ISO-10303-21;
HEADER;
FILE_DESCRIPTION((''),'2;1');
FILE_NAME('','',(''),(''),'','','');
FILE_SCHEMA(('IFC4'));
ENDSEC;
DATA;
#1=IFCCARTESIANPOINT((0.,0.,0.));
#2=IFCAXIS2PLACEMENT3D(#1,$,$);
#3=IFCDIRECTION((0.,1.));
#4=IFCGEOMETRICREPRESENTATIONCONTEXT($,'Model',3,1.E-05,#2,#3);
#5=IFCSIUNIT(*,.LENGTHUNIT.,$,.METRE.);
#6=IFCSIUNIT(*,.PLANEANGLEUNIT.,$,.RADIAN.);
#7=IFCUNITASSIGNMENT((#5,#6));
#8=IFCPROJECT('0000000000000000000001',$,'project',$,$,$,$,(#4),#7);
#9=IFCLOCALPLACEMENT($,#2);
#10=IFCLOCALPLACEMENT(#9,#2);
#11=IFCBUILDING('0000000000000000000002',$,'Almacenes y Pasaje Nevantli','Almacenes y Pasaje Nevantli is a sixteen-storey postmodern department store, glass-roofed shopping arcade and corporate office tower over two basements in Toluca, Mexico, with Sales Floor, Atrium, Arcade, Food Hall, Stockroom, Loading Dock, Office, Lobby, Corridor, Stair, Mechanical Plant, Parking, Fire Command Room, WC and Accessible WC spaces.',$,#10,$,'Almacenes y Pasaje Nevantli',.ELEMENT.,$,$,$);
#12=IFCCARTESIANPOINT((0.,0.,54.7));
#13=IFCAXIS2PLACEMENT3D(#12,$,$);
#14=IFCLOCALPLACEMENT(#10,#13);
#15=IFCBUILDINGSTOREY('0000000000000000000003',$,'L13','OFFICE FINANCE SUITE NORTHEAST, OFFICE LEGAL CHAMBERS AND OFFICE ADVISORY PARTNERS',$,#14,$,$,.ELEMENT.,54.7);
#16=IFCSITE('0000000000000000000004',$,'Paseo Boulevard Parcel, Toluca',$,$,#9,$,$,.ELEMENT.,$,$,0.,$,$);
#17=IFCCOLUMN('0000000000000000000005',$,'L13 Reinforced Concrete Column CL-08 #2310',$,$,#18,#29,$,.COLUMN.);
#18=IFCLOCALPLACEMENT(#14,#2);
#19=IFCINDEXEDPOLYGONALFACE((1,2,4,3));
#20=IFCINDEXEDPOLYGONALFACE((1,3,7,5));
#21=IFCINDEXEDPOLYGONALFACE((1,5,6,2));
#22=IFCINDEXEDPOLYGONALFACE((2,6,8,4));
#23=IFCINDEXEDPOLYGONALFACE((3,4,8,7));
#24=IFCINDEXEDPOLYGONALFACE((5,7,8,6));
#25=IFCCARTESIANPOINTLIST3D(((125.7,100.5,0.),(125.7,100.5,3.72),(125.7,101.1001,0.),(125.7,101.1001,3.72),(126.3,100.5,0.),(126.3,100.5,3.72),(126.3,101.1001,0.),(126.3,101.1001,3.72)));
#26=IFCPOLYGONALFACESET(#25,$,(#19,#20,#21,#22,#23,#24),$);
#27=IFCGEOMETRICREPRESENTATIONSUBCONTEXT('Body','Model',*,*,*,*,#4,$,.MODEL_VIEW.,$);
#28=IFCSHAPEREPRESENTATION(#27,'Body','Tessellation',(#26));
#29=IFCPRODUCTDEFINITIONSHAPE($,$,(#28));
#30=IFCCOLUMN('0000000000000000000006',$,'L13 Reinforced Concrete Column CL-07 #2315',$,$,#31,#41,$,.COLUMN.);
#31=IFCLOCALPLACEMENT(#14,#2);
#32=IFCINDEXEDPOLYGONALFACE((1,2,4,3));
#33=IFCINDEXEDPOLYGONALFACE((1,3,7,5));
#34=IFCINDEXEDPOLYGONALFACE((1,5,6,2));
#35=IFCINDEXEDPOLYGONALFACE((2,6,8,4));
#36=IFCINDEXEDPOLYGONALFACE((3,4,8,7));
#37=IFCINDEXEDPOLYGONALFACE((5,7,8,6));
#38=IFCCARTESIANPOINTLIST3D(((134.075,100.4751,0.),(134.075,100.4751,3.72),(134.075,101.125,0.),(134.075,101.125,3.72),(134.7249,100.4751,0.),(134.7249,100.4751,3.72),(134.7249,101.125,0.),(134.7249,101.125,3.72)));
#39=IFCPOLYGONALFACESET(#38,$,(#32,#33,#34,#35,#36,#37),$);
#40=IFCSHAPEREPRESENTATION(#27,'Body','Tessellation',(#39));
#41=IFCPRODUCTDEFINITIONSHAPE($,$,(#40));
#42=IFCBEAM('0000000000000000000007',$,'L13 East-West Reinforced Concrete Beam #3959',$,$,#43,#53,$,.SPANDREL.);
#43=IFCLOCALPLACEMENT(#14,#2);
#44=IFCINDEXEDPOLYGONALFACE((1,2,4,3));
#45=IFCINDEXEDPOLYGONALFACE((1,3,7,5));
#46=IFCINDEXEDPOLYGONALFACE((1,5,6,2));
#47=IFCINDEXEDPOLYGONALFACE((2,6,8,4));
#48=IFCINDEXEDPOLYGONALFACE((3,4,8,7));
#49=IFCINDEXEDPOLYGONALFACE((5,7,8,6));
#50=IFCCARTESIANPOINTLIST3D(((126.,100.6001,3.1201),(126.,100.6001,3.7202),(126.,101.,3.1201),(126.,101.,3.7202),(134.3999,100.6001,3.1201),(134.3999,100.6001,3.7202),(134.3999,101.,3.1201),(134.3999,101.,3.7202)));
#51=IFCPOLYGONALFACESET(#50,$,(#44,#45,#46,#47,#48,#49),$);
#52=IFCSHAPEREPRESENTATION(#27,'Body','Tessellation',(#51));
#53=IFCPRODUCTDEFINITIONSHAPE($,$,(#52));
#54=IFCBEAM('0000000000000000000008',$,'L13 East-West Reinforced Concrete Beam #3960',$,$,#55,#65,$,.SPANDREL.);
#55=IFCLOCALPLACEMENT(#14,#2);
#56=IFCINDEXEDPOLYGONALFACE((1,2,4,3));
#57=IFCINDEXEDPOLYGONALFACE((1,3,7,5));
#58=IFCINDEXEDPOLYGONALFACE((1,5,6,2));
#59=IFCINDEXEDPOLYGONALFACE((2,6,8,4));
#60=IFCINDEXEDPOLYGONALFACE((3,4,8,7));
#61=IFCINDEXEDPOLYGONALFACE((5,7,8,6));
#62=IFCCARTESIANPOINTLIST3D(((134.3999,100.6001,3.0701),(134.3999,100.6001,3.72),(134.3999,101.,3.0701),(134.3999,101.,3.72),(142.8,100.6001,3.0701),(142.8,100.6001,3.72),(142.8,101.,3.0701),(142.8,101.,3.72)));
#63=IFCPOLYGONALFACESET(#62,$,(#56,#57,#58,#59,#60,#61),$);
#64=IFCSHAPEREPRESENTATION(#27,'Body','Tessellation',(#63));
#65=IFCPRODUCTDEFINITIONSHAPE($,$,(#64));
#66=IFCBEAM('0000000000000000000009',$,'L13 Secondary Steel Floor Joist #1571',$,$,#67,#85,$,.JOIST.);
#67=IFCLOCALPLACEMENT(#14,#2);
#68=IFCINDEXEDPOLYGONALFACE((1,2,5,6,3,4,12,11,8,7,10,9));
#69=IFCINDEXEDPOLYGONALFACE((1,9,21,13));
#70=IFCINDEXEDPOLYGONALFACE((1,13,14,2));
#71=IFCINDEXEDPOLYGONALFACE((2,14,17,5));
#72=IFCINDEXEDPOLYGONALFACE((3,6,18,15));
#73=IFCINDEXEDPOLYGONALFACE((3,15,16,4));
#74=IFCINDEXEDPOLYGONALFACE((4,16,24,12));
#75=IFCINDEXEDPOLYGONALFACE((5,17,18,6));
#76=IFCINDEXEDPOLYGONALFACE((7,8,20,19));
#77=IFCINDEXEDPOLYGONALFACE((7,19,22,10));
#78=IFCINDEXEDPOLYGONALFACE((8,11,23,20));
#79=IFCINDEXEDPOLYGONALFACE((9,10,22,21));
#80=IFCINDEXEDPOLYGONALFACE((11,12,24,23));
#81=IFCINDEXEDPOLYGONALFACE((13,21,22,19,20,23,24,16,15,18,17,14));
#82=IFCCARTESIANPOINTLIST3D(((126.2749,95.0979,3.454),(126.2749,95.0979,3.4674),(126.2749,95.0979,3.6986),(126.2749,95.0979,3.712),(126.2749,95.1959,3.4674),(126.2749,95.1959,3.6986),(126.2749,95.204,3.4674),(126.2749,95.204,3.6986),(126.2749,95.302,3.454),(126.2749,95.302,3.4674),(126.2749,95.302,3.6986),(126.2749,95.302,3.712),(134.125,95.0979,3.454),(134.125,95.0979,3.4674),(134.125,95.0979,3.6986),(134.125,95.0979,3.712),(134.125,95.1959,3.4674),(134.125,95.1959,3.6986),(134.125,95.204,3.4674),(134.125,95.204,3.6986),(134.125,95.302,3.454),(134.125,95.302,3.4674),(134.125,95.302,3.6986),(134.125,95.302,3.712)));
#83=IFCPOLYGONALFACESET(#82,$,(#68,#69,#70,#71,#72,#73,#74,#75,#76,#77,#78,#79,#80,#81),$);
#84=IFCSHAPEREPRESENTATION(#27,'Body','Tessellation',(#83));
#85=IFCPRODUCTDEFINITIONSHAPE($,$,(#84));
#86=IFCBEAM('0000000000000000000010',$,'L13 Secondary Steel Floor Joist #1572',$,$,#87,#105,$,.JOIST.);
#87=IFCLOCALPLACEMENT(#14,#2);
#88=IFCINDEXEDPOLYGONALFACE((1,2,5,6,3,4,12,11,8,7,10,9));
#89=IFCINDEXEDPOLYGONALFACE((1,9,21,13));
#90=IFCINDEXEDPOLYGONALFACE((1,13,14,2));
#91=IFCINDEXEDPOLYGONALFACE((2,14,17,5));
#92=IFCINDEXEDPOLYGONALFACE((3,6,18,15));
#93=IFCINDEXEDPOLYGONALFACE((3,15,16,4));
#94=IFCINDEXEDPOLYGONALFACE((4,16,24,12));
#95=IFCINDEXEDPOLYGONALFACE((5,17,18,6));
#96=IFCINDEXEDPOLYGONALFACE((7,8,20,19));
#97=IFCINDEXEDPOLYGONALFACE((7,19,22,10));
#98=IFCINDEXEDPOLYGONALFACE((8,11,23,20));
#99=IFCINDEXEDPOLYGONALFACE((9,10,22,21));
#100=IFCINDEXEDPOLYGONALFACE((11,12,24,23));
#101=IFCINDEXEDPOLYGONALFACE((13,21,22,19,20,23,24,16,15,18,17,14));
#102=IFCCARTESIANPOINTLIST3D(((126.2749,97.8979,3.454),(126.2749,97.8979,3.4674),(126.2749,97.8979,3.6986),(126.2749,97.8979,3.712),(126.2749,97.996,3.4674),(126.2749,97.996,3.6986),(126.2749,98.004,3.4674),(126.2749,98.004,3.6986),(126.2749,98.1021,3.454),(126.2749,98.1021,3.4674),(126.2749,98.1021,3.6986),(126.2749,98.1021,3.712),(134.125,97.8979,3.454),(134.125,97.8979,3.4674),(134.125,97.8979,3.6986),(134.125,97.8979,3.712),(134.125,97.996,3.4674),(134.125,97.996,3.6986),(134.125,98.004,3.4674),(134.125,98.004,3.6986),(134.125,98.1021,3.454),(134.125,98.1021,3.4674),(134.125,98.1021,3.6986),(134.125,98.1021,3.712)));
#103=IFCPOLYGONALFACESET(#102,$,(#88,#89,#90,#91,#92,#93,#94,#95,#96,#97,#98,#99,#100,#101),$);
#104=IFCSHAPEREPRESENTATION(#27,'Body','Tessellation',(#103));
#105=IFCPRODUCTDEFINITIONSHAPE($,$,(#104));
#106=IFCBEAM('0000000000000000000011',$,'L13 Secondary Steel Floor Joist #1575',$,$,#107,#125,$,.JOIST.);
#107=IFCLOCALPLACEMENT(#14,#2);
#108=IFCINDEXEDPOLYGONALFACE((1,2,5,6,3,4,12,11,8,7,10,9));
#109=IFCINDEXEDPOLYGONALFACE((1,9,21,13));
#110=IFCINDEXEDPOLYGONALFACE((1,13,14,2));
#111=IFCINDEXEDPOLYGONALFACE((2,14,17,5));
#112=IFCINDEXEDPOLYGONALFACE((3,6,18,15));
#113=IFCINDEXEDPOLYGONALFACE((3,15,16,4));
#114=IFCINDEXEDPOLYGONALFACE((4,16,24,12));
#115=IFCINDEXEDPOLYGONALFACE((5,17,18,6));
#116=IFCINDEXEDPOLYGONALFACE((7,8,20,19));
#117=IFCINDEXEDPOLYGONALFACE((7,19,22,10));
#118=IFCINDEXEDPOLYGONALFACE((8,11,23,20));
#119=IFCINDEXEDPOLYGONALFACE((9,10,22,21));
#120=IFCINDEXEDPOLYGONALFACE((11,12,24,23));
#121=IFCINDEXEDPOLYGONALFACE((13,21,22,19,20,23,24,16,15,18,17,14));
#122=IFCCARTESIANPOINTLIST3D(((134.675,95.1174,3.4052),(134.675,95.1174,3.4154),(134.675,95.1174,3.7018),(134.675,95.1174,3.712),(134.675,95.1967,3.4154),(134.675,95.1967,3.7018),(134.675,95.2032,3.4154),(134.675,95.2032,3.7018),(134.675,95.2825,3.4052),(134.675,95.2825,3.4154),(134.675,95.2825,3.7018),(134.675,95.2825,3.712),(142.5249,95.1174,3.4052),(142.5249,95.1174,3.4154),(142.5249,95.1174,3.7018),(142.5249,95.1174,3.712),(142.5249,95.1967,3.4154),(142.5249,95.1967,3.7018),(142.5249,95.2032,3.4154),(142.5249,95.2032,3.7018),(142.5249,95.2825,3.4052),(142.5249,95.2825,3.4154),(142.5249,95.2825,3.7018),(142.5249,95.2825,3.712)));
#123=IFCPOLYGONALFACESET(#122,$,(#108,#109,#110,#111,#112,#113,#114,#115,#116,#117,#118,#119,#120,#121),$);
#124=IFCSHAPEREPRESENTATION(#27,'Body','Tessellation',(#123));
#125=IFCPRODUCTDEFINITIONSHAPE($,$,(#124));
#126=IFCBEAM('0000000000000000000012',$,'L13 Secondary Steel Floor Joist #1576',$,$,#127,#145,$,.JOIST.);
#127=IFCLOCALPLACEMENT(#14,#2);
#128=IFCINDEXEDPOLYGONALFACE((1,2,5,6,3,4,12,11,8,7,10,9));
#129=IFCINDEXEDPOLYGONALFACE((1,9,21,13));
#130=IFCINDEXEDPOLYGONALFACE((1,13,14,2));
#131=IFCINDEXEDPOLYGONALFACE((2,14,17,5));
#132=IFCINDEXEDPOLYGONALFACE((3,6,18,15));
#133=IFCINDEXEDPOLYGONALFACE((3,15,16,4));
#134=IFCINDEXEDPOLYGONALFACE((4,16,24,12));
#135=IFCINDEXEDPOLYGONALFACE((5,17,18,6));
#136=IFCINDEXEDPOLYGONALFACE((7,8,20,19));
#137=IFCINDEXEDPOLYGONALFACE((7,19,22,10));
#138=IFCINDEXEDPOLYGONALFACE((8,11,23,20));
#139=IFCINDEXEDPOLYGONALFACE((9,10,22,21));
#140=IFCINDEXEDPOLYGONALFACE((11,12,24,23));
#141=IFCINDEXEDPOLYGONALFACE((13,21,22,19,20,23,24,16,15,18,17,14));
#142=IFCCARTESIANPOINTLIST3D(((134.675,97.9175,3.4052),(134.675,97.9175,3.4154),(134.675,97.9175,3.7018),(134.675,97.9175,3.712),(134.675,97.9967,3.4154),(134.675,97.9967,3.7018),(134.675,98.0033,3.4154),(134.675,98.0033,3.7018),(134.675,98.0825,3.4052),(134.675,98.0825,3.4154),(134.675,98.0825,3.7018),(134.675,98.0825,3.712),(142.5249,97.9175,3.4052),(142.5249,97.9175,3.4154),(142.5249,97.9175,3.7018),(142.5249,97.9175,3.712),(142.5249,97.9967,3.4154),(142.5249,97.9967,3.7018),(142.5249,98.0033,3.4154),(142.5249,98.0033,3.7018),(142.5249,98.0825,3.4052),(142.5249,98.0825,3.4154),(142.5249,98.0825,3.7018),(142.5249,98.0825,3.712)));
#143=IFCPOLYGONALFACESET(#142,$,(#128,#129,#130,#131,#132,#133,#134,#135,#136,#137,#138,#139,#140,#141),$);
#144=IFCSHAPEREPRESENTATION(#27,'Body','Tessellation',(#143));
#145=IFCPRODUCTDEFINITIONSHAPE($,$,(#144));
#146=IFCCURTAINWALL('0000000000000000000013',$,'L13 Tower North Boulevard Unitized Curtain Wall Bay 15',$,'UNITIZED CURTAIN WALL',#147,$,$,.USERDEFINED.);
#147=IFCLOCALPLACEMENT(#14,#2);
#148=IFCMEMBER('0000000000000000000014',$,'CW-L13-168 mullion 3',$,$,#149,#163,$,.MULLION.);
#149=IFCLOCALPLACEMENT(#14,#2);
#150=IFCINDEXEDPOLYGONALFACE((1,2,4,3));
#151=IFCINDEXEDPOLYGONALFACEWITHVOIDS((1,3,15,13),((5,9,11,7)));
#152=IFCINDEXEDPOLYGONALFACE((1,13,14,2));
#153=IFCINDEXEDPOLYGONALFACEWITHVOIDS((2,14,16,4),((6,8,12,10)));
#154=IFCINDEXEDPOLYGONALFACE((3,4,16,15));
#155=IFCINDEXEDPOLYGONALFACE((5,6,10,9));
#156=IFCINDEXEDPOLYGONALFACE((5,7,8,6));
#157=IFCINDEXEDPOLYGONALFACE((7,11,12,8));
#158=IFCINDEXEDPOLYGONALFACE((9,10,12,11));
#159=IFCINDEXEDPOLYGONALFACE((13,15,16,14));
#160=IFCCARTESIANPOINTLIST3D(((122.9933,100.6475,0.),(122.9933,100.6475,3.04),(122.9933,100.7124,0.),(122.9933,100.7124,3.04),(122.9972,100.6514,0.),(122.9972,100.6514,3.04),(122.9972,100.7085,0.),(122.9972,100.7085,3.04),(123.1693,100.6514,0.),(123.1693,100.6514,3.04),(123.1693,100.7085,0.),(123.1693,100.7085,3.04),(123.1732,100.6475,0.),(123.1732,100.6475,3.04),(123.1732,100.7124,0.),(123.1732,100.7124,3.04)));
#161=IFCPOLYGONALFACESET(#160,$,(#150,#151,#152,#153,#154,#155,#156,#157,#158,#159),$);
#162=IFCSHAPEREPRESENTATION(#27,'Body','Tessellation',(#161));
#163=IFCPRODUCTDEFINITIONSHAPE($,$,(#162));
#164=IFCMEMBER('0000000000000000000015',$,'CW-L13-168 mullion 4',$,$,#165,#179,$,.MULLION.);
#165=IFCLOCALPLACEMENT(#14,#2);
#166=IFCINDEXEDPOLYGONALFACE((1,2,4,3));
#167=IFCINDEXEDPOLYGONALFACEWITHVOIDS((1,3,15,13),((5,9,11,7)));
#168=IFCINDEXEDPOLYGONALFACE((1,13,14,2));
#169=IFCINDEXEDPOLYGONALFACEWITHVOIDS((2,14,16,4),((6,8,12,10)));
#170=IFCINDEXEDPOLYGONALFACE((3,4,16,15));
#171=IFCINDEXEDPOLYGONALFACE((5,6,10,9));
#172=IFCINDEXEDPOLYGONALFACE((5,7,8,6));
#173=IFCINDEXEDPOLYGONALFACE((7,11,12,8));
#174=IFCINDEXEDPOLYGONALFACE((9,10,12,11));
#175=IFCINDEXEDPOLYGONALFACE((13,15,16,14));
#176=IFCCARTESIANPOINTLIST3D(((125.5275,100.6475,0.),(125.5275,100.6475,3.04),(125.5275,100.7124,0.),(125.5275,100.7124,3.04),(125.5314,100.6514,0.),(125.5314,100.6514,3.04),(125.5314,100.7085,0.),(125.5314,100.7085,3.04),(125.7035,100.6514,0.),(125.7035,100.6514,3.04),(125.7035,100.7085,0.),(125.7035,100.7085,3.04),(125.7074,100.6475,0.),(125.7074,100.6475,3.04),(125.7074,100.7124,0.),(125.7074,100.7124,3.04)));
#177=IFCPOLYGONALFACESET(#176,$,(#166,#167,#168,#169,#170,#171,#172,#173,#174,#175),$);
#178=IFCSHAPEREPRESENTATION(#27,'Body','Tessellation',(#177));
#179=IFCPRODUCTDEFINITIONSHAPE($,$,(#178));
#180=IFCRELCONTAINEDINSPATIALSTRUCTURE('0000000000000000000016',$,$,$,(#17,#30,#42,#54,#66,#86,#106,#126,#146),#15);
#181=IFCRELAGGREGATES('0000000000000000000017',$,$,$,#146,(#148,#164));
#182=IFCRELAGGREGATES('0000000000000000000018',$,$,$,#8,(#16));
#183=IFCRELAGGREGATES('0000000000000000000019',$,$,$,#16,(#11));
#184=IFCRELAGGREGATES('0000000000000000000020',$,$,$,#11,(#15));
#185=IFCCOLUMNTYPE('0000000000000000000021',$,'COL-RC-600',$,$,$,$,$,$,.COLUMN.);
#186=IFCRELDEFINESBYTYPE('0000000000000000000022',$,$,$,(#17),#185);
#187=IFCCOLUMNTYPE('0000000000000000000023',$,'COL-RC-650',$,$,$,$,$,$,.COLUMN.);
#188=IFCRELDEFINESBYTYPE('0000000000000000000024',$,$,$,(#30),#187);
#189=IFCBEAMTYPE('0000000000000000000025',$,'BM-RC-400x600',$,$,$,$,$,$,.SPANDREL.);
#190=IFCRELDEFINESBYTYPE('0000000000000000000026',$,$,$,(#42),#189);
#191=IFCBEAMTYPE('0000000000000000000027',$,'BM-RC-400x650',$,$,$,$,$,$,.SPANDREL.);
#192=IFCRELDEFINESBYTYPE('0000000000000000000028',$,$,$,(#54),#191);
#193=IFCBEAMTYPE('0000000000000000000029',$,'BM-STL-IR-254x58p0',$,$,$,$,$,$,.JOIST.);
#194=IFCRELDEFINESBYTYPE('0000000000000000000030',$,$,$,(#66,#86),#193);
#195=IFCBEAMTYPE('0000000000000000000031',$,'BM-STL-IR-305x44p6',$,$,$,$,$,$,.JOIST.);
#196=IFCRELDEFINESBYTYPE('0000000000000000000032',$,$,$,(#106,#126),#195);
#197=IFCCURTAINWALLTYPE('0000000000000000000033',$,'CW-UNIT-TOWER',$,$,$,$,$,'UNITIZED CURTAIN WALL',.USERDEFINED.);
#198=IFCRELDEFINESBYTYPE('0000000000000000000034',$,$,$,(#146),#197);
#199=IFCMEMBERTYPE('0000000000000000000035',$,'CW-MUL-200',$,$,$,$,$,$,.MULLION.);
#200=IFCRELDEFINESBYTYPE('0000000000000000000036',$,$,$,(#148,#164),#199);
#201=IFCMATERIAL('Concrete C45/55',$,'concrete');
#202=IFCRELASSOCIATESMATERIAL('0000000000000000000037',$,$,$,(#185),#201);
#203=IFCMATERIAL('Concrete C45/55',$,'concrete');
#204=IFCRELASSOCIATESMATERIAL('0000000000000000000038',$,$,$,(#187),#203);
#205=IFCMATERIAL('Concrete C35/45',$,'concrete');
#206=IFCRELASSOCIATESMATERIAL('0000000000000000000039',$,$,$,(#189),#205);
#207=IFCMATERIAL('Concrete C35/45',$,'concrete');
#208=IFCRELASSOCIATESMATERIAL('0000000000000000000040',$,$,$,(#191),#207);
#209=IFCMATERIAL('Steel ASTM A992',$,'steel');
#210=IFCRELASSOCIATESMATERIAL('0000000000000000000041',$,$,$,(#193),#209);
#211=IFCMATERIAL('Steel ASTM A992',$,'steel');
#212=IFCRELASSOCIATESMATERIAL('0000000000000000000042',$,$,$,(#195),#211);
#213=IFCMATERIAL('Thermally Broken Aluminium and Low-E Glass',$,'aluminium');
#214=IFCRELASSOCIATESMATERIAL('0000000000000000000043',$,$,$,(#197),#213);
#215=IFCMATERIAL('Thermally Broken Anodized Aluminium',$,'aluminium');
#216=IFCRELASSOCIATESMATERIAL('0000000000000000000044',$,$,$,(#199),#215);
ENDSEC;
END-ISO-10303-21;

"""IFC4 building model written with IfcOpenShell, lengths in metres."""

from ifc_helpers import new_model, si_unit, direction, frame, origin, origin_2d, place, context, subcontext, project, spatial, rectangle, hollow_rectangle, i_section, extrude, material, material_profile, profile_set, type_object, element, aggregate, save


model = new_model("IFC4")

# Units and contexts
model_context = context("Model", 3, precision=1e-05, world=origin(), true_north=direction((0.0, 1.0)))
body_context = subcontext(model_context, "Body", "Model", "MODEL_VIEW")
ifc_project = project(units=[si_unit("LENGTHUNIT", "METRE"), si_unit("PLANEANGLEUNIT", "RADIAN")], contexts=[model_context])

# Site, building, storey
site_placement = place(None, origin())
site = spatial("IfcSite", under=ifc_project, at=site_placement, Name="Paseo Boulevard Parcel, Toluca", CompositionType="ELEMENT", RefElevation=0.0)
building_placement = place(site_placement, origin())
building = spatial("IfcBuilding", under=site, at=building_placement, Name="Almacenes y Pasaje Nevantli", Description="Almacenes y Pasaje Nevantli is a sixteen-storey postmodern department store, glass-roofed shopping arcade and corporate office tower over two basements in Toluca, Mexico, with Sales Floor, Atrium, Arcade, Food Hall, Stockroom, Loading Dock, Office, Lobby, Corridor, Stair, Mechanical Plant, Parking, Fire Command Room, WC and Accessible WC spaces.", LongName="Almacenes y Pasaje Nevantli", CompositionType="ELEMENT")
storey_placement = place(building_placement, frame((0.0, 0.0, 54.7)))
storey = spatial("IfcBuildingStorey", under=building, at=storey_placement, Name="L13", Description="OFFICE FINANCE SUITE NORTHEAST, OFFICE LEGAL CHAMBERS AND OFFICE ADVISORY PARTNERS", CompositionType="ELEMENT", Elevation=54.7)

# Columns
ifc_material_1 = material(Name="Concrete C45/55", Category="concrete")
ifc_material_profile_1 = material_profile(ifc_material_1, rectangle(XDim=0.6001, YDim=0.6001, at=origin_2d()), Name="RC-COL-600x600")
ifc_profile_set_1 = profile_set([ifc_material_profile_1], Name="Concrete C45/55")
column_type_1 = type_object("IfcColumnType", Name="COL-RC-600", PredefinedType="COLUMN", material=ifc_profile_set_1)
column_1_placement = place(storey_placement, frame((126.0, 100.8, 0.0), z_axis=(0.0, 0.0, 1.0), x_axis=(1.0, 0.0, 0.0)))
element("IfcColumn", 1, at=column_1_placement, inside=storey, type_object=column_type_1, Name="L13 Reinforced Concrete Column CL-08 #2310", PredefinedType="COLUMN", context=body_context, shape_type="SweptSolid", body=[
    extrude(rectangle(XDim=0.6001, YDim=0.6001, at=origin_2d()), origin(), (0.0, 0.0, 1.0), 3.72),
])
ifc_material_2 = material(Name="Concrete C45/55", Category="concrete")
ifc_material_profile_2 = material_profile(ifc_material_2, rectangle(XDim=0.6499, YDim=0.6499, at=origin_2d()), Name="RC-COL-650x650")
ifc_profile_set_2 = profile_set([ifc_material_profile_2], Name="Concrete C45/55")
column_type_2 = type_object("IfcColumnType", Name="COL-RC-650", PredefinedType="COLUMN", material=ifc_profile_set_2)
column_2_placement = place(storey_placement, frame((134.3999, 100.8, 0.0), z_axis=(0.0, 0.0, 1.0), x_axis=(1.0, 0.0, 0.0)))
element("IfcColumn", 2, at=column_2_placement, inside=storey, type_object=column_type_2, Name="L13 Reinforced Concrete Column CL-07 #2315", PredefinedType="COLUMN", context=body_context, shape_type="SweptSolid", body=[
    extrude(rectangle(XDim=0.6499, YDim=0.6499, at=origin_2d()), origin(), (0.0, 0.0, 1.0), 3.72),
])

# Beams
ifc_material_3 = material(Name="Concrete C35/45", Category="concrete")
ifc_material_profile_3 = material_profile(ifc_material_3, rectangle(XDim=0.3999, YDim=0.6001, at=origin_2d()), Name="RC-BM-400x600")
ifc_profile_set_3 = profile_set([ifc_material_profile_3], Name="Concrete C35/45")
beam_type_1 = type_object("IfcBeamType", Name="BM-RC-400x600", PredefinedType="SPANDREL", material=ifc_profile_set_3)
beam_1_placement = place(storey_placement, frame((126.0, 100.8, 3.4202), z_axis=(1.0, 0.0, 0.0), x_axis=(0.0, 1.0, 0.0)))
element("IfcBeam", 3, at=beam_1_placement, inside=storey, type_object=beam_type_1, Name="L13 East-West Reinforced Concrete Beam #3959", PredefinedType="SPANDREL", context=body_context, shape_type="SweptSolid", body=[
    extrude(rectangle(XDim=0.3999, YDim=0.6001, at=origin_2d()), origin(), (0.0, 0.0, 1.0), 8.3999),
])
ifc_material_4 = material(Name="Concrete C35/45", Category="concrete")
ifc_material_profile_4 = material_profile(ifc_material_4, rectangle(XDim=0.3999, YDim=0.6499, at=origin_2d()), Name="RC-BM-400x650")
ifc_profile_set_4 = profile_set([ifc_material_profile_4], Name="Concrete C35/45")
beam_type_2 = type_object("IfcBeamType", Name="BM-RC-400x650", PredefinedType="SPANDREL", material=ifc_profile_set_4)
beam_2_placement = place(storey_placement, frame((134.3999, 100.8, 3.395), z_axis=(1.0, 0.0, 0.0), x_axis=(0.0, 1.0, 0.0)))
element("IfcBeam", 4, at=beam_2_placement, inside=storey, type_object=beam_type_2, Name="L13 East-West Reinforced Concrete Beam #3960", PredefinedType="SPANDREL", context=body_context, shape_type="SweptSolid", body=[
    extrude(rectangle(XDim=0.3999, YDim=0.6499, at=origin_2d()), origin(), (0.0, 0.0, 1.0), 8.4001),
])
ifc_material_5 = material(Name="Steel ASTM A992", Category="steel")
ifc_material_profile_5 = material_profile(ifc_material_5, i_section(OverallWidth=0.2041, OverallDepth=0.2581, WebThickness=0.0081, FlangeThickness=0.0134, at=origin_2d()), Name="IR 254x58.0")
ifc_profile_set_5 = profile_set([ifc_material_profile_5], Name="Steel ASTM A992")
beam_type_3 = type_object("IfcBeamType", Name="BM-STL-IR-254x58p0", PredefinedType="JOIST", material=ifc_profile_set_5)
for number, where, z_axis, x_axis, name in (
    (5, (126.2749, 95.2, 3.583), (1.0, 0.0, 0.0), (0.0, 1.0, 0.0), "L13 Secondary Steel Floor Joist #1571"),
    (6, (126.2749, 98.0, 3.583), (1.0, 0.0, 0.0), (0.0, 1.0, 0.0), "L13 Secondary Steel Floor Joist #1572"),
):
    element("IfcBeam", number, at=place(storey_placement, frame(where, z_axis=z_axis, x_axis=x_axis)), inside=storey, type_object=beam_type_3, Name=name, PredefinedType="JOIST", context=body_context, shape_type="SweptSolid", body=[
        extrude(i_section(OverallWidth=0.2041, OverallDepth=0.2581, WebThickness=0.0081, FlangeThickness=0.0134, at=origin_2d()), origin(), (0.0, 0.0, 1.0), 7.8501),
    ])
ifc_material_6 = material(Name="Steel ASTM A992", Category="steel")
ifc_material_profile_6 = material_profile(ifc_material_6, i_section(OverallWidth=0.165, OverallDepth=0.3069, WebThickness=0.0066, FlangeThickness=0.0103, at=origin_2d()), Name="IR 305x44.6")
ifc_profile_set_6 = profile_set([ifc_material_profile_6], Name="Steel ASTM A992")
beam_type_4 = type_object("IfcBeamType", Name="BM-STL-IR-305x44p6", PredefinedType="JOIST", material=ifc_profile_set_6)
for number, where, z_axis, x_axis, name in (
    (7, (134.675, 95.2, 3.5586), (1.0, 0.0, 0.0), (0.0, 1.0, 0.0), "L13 Secondary Steel Floor Joist #1575"),
    (8, (134.675, 98.0, 3.5586), (1.0, 0.0, 0.0), (0.0, 1.0, 0.0), "L13 Secondary Steel Floor Joist #1576"),
):
    element("IfcBeam", number, at=place(storey_placement, frame(where, z_axis=z_axis, x_axis=x_axis)), inside=storey, type_object=beam_type_4, Name=name, PredefinedType="JOIST", context=body_context, shape_type="SweptSolid", body=[
        extrude(i_section(OverallWidth=0.165, OverallDepth=0.3069, WebThickness=0.0066, FlangeThickness=0.0103, at=origin_2d()), origin(), (0.0, 0.0, 1.0), 7.8499),
    ])

# Curtain wall, members
ifc_material_7 = material(Name="Thermally Broken Aluminium and Low-E Glass", Category="aluminium")
curtain_wall_type = type_object("IfcCurtainWallType", Name="CW-UNIT-TOWER", ElementType="UNITIZED CURTAIN WALL", PredefinedType="USERDEFINED", material=ifc_material_7)
curtain_wall_1_placement = place(storey_placement, origin())
curtain_wall_1 = element("IfcCurtainWall", 9, at=curtain_wall_1_placement, inside=storey, type_object=curtain_wall_type, Name="L13 Tower North Boulevard Unitized Curtain Wall Bay 15", ObjectType="UNITIZED CURTAIN WALL", PredefinedType="USERDEFINED")
ifc_material_8 = material(Name="Thermally Broken Anodized Aluminium", Category="aluminium")
ifc_material_profile_7 = material_profile(ifc_material_8, hollow_rectangle(XDim=0.0649, YDim=0.1799, WallThickness=0.0039, at=origin_2d()), Name="ALU-MUL-65x180")
ifc_profile_set_7 = profile_set([ifc_material_profile_7], Name="Thermally Broken Anodized Aluminium")
member_type_1 = type_object("IfcMemberType", Name="CW-MUL-200", PredefinedType="MULLION", material=ifc_profile_set_7)
member_1_placement = place(storey_placement, frame((123.0833, 100.6799, 0.0), z_axis=(0.0, 0.0, 1.0), x_axis=(0.0, 1.0, 0.0)))
member_1 = element("IfcMember", 10, at=member_1_placement, type_object=member_type_1, Name="CW-L13-168 mullion 3", PredefinedType="MULLION", context=body_context, shape_type="SweptSolid", body=[
    extrude(hollow_rectangle(XDim=0.0649, YDim=0.1799, WallThickness=0.0039, at=origin_2d()), origin(), (0.0, 0.0, 1.0), 3.04),
])
member_2_placement = place(storey_placement, frame((125.6174, 100.6799, 0.0), z_axis=(0.0, 0.0, 1.0), x_axis=(0.0, 1.0, 0.0)))
member_2 = element("IfcMember", 11, at=member_2_placement, type_object=member_type_1, Name="CW-L13-168 mullion 4", PredefinedType="MULLION", context=body_context, shape_type="SweptSolid", body=[
    extrude(hollow_rectangle(XDim=0.0649, YDim=0.1799, WallThickness=0.0039, at=origin_2d()), origin(), (0.0, 0.0, 1.0), 3.04),
])

aggregate(curtain_wall_1, [member_1, member_2])

save(model, "model.ifc")
